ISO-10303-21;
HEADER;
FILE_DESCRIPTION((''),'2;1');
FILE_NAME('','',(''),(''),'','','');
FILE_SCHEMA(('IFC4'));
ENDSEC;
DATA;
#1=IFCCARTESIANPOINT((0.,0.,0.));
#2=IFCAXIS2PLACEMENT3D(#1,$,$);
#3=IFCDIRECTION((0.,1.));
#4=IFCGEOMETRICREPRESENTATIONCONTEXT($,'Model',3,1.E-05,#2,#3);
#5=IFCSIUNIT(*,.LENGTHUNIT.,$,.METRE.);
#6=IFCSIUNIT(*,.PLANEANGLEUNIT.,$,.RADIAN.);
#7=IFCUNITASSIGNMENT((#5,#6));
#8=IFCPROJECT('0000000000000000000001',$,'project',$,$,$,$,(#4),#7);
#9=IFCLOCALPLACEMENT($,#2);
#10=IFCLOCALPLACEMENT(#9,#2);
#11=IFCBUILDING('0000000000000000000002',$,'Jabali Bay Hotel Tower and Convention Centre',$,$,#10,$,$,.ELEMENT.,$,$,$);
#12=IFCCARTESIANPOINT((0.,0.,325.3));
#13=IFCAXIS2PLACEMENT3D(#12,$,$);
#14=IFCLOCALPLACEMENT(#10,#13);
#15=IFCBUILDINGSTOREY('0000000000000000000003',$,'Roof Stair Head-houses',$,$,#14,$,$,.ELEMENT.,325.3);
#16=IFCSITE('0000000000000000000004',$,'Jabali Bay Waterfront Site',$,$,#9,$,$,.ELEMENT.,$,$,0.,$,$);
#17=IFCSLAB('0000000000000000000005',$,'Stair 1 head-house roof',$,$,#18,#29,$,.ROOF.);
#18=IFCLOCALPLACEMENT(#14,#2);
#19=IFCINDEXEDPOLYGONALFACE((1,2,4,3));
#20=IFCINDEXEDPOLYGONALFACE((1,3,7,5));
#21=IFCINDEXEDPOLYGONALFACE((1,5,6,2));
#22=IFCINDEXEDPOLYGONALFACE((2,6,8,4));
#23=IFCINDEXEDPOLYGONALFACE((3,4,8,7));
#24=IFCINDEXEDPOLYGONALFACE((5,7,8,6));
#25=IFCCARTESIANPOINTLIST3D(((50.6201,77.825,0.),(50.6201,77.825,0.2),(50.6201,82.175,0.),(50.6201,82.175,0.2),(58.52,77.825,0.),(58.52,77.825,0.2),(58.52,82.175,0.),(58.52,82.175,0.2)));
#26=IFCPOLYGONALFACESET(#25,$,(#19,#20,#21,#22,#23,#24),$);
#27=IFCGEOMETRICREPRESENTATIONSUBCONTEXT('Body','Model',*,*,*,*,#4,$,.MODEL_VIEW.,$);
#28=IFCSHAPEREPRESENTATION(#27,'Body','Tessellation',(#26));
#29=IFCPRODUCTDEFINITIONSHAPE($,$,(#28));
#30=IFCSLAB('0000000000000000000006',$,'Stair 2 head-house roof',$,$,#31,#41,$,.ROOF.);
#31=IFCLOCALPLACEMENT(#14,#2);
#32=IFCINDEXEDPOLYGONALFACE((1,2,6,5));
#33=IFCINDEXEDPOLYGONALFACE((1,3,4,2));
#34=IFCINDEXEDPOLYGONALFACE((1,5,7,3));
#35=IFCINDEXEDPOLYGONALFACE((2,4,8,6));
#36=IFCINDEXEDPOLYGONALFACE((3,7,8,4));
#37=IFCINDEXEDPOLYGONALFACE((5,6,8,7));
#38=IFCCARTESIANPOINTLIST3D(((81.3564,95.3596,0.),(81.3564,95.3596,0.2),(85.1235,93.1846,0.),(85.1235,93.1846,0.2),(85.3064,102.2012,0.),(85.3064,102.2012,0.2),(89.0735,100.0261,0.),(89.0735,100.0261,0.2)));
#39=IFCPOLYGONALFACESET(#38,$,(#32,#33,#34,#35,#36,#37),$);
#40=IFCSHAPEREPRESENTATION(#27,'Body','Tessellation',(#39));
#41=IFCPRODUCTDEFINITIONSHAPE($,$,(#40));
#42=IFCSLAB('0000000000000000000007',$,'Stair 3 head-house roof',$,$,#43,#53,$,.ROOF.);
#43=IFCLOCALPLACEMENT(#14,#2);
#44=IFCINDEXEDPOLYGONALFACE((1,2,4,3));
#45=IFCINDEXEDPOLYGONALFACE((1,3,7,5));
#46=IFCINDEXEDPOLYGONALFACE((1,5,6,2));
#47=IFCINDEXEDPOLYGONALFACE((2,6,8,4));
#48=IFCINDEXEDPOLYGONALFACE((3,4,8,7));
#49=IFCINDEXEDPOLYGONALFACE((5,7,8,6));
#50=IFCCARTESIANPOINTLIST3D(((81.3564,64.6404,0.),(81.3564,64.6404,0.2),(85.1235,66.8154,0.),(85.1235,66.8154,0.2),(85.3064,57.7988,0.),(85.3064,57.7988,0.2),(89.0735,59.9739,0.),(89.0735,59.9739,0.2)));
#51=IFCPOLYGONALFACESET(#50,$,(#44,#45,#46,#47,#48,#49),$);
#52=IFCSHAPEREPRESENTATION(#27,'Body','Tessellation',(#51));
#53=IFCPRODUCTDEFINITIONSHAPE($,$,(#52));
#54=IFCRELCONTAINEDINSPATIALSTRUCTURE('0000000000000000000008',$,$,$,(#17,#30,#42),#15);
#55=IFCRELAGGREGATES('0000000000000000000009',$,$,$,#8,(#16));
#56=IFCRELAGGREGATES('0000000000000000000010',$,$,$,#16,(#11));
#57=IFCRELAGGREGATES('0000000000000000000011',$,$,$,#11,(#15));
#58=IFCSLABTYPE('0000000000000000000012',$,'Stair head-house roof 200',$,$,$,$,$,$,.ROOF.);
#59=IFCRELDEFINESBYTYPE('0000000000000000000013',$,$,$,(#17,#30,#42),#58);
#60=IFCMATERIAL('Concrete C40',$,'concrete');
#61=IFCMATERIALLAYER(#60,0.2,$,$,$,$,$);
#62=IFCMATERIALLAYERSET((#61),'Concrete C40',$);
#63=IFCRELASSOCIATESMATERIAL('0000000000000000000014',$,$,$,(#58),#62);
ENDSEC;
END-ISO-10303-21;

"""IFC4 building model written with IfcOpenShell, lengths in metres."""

from ifc_helpers import new_model, si_unit, direction, frame, origin, place, context, subcontext, project, spatial, polyline, outline, extrude, material, layer, layer_set, type_object, element, save


model = new_model("IFC4")

# Units and contexts
model_context = context("Model", 3, precision=1e-05, world=origin(), true_north=direction((0.0, 1.0)))
body_context = subcontext(model_context, "Body", "Model", "MODEL_VIEW")
ifc_project = project(units=[si_unit("LENGTHUNIT", "METRE"), si_unit("PLANEANGLEUNIT", "RADIAN")], contexts=[model_context])

# Site, building, storey
site_placement = place(None, origin())
site = spatial("IfcSite", under=ifc_project, at=site_placement, Name="Jabali Bay Waterfront Site", CompositionType="ELEMENT", RefElevation=0.0)
building_placement = place(site_placement, origin())
building = spatial("IfcBuilding", under=site, at=building_placement, Name="Jabali Bay Hotel Tower and Convention Centre", CompositionType="ELEMENT")
storey_placement = place(building_placement, frame((0.0, 0.0, 325.3)))
storey = spatial("IfcBuildingStorey", under=building, at=storey_placement, Name="Roof Stair Head-houses", CompositionType="ELEMENT", Elevation=325.3)

# Slabs
ifc_material = material(Name="Concrete C40", Category="concrete")
ifc_layer = layer(ifc_material, 0.2)
ifc_layer_set = layer_set([ifc_layer], Name="Concrete C40")
slab_type = type_object("IfcSlabType", Name="Stair head-house roof 200", PredefinedType="ROOF", material=ifc_layer_set)
slab_1_placement = place(storey_placement, origin())
element("IfcSlab", 1, at=slab_1_placement, inside=storey, type_object=slab_type, Name="Stair 1 head-house roof", PredefinedType="ROOF", context=body_context, shape_type="SweptSolid", body=[
    extrude(outline(polyline([(58.52, 82.175), (50.6201, 82.175), (50.6201, 77.825), (58.52, 77.825), (58.52, 82.175)])), origin(), (0.0, 0.0, 1.0), 0.2),
])
slab_2_placement = place(storey_placement, origin())
element("IfcSlab", 2, at=slab_2_placement, inside=storey, type_object=slab_type, Name="Stair 2 head-house roof", PredefinedType="ROOF", context=body_context, shape_type="SweptSolid", body=[
    extrude(outline(polyline([(85.1235, 93.1846), (89.0735, 100.0261), (85.3064, 102.2012), (81.3564, 95.3596), (85.1235, 93.1846)])), origin(), (0.0, 0.0, 1.0), 0.2),
])
slab_3_placement = place(storey_placement, origin())
element("IfcSlab", 3, at=slab_3_placement, inside=storey, type_object=slab_type, Name="Stair 3 head-house roof", PredefinedType="ROOF", context=body_context, shape_type="SweptSolid", body=[
    extrude(outline(polyline([(81.3564, 64.6404), (85.3064, 57.7988), (89.0735, 59.9739), (85.1235, 66.8154), (81.3564, 64.6404)])), origin(), (0.0, 0.0, 1.0), 0.2),
])

save(model, "model.ifc")
